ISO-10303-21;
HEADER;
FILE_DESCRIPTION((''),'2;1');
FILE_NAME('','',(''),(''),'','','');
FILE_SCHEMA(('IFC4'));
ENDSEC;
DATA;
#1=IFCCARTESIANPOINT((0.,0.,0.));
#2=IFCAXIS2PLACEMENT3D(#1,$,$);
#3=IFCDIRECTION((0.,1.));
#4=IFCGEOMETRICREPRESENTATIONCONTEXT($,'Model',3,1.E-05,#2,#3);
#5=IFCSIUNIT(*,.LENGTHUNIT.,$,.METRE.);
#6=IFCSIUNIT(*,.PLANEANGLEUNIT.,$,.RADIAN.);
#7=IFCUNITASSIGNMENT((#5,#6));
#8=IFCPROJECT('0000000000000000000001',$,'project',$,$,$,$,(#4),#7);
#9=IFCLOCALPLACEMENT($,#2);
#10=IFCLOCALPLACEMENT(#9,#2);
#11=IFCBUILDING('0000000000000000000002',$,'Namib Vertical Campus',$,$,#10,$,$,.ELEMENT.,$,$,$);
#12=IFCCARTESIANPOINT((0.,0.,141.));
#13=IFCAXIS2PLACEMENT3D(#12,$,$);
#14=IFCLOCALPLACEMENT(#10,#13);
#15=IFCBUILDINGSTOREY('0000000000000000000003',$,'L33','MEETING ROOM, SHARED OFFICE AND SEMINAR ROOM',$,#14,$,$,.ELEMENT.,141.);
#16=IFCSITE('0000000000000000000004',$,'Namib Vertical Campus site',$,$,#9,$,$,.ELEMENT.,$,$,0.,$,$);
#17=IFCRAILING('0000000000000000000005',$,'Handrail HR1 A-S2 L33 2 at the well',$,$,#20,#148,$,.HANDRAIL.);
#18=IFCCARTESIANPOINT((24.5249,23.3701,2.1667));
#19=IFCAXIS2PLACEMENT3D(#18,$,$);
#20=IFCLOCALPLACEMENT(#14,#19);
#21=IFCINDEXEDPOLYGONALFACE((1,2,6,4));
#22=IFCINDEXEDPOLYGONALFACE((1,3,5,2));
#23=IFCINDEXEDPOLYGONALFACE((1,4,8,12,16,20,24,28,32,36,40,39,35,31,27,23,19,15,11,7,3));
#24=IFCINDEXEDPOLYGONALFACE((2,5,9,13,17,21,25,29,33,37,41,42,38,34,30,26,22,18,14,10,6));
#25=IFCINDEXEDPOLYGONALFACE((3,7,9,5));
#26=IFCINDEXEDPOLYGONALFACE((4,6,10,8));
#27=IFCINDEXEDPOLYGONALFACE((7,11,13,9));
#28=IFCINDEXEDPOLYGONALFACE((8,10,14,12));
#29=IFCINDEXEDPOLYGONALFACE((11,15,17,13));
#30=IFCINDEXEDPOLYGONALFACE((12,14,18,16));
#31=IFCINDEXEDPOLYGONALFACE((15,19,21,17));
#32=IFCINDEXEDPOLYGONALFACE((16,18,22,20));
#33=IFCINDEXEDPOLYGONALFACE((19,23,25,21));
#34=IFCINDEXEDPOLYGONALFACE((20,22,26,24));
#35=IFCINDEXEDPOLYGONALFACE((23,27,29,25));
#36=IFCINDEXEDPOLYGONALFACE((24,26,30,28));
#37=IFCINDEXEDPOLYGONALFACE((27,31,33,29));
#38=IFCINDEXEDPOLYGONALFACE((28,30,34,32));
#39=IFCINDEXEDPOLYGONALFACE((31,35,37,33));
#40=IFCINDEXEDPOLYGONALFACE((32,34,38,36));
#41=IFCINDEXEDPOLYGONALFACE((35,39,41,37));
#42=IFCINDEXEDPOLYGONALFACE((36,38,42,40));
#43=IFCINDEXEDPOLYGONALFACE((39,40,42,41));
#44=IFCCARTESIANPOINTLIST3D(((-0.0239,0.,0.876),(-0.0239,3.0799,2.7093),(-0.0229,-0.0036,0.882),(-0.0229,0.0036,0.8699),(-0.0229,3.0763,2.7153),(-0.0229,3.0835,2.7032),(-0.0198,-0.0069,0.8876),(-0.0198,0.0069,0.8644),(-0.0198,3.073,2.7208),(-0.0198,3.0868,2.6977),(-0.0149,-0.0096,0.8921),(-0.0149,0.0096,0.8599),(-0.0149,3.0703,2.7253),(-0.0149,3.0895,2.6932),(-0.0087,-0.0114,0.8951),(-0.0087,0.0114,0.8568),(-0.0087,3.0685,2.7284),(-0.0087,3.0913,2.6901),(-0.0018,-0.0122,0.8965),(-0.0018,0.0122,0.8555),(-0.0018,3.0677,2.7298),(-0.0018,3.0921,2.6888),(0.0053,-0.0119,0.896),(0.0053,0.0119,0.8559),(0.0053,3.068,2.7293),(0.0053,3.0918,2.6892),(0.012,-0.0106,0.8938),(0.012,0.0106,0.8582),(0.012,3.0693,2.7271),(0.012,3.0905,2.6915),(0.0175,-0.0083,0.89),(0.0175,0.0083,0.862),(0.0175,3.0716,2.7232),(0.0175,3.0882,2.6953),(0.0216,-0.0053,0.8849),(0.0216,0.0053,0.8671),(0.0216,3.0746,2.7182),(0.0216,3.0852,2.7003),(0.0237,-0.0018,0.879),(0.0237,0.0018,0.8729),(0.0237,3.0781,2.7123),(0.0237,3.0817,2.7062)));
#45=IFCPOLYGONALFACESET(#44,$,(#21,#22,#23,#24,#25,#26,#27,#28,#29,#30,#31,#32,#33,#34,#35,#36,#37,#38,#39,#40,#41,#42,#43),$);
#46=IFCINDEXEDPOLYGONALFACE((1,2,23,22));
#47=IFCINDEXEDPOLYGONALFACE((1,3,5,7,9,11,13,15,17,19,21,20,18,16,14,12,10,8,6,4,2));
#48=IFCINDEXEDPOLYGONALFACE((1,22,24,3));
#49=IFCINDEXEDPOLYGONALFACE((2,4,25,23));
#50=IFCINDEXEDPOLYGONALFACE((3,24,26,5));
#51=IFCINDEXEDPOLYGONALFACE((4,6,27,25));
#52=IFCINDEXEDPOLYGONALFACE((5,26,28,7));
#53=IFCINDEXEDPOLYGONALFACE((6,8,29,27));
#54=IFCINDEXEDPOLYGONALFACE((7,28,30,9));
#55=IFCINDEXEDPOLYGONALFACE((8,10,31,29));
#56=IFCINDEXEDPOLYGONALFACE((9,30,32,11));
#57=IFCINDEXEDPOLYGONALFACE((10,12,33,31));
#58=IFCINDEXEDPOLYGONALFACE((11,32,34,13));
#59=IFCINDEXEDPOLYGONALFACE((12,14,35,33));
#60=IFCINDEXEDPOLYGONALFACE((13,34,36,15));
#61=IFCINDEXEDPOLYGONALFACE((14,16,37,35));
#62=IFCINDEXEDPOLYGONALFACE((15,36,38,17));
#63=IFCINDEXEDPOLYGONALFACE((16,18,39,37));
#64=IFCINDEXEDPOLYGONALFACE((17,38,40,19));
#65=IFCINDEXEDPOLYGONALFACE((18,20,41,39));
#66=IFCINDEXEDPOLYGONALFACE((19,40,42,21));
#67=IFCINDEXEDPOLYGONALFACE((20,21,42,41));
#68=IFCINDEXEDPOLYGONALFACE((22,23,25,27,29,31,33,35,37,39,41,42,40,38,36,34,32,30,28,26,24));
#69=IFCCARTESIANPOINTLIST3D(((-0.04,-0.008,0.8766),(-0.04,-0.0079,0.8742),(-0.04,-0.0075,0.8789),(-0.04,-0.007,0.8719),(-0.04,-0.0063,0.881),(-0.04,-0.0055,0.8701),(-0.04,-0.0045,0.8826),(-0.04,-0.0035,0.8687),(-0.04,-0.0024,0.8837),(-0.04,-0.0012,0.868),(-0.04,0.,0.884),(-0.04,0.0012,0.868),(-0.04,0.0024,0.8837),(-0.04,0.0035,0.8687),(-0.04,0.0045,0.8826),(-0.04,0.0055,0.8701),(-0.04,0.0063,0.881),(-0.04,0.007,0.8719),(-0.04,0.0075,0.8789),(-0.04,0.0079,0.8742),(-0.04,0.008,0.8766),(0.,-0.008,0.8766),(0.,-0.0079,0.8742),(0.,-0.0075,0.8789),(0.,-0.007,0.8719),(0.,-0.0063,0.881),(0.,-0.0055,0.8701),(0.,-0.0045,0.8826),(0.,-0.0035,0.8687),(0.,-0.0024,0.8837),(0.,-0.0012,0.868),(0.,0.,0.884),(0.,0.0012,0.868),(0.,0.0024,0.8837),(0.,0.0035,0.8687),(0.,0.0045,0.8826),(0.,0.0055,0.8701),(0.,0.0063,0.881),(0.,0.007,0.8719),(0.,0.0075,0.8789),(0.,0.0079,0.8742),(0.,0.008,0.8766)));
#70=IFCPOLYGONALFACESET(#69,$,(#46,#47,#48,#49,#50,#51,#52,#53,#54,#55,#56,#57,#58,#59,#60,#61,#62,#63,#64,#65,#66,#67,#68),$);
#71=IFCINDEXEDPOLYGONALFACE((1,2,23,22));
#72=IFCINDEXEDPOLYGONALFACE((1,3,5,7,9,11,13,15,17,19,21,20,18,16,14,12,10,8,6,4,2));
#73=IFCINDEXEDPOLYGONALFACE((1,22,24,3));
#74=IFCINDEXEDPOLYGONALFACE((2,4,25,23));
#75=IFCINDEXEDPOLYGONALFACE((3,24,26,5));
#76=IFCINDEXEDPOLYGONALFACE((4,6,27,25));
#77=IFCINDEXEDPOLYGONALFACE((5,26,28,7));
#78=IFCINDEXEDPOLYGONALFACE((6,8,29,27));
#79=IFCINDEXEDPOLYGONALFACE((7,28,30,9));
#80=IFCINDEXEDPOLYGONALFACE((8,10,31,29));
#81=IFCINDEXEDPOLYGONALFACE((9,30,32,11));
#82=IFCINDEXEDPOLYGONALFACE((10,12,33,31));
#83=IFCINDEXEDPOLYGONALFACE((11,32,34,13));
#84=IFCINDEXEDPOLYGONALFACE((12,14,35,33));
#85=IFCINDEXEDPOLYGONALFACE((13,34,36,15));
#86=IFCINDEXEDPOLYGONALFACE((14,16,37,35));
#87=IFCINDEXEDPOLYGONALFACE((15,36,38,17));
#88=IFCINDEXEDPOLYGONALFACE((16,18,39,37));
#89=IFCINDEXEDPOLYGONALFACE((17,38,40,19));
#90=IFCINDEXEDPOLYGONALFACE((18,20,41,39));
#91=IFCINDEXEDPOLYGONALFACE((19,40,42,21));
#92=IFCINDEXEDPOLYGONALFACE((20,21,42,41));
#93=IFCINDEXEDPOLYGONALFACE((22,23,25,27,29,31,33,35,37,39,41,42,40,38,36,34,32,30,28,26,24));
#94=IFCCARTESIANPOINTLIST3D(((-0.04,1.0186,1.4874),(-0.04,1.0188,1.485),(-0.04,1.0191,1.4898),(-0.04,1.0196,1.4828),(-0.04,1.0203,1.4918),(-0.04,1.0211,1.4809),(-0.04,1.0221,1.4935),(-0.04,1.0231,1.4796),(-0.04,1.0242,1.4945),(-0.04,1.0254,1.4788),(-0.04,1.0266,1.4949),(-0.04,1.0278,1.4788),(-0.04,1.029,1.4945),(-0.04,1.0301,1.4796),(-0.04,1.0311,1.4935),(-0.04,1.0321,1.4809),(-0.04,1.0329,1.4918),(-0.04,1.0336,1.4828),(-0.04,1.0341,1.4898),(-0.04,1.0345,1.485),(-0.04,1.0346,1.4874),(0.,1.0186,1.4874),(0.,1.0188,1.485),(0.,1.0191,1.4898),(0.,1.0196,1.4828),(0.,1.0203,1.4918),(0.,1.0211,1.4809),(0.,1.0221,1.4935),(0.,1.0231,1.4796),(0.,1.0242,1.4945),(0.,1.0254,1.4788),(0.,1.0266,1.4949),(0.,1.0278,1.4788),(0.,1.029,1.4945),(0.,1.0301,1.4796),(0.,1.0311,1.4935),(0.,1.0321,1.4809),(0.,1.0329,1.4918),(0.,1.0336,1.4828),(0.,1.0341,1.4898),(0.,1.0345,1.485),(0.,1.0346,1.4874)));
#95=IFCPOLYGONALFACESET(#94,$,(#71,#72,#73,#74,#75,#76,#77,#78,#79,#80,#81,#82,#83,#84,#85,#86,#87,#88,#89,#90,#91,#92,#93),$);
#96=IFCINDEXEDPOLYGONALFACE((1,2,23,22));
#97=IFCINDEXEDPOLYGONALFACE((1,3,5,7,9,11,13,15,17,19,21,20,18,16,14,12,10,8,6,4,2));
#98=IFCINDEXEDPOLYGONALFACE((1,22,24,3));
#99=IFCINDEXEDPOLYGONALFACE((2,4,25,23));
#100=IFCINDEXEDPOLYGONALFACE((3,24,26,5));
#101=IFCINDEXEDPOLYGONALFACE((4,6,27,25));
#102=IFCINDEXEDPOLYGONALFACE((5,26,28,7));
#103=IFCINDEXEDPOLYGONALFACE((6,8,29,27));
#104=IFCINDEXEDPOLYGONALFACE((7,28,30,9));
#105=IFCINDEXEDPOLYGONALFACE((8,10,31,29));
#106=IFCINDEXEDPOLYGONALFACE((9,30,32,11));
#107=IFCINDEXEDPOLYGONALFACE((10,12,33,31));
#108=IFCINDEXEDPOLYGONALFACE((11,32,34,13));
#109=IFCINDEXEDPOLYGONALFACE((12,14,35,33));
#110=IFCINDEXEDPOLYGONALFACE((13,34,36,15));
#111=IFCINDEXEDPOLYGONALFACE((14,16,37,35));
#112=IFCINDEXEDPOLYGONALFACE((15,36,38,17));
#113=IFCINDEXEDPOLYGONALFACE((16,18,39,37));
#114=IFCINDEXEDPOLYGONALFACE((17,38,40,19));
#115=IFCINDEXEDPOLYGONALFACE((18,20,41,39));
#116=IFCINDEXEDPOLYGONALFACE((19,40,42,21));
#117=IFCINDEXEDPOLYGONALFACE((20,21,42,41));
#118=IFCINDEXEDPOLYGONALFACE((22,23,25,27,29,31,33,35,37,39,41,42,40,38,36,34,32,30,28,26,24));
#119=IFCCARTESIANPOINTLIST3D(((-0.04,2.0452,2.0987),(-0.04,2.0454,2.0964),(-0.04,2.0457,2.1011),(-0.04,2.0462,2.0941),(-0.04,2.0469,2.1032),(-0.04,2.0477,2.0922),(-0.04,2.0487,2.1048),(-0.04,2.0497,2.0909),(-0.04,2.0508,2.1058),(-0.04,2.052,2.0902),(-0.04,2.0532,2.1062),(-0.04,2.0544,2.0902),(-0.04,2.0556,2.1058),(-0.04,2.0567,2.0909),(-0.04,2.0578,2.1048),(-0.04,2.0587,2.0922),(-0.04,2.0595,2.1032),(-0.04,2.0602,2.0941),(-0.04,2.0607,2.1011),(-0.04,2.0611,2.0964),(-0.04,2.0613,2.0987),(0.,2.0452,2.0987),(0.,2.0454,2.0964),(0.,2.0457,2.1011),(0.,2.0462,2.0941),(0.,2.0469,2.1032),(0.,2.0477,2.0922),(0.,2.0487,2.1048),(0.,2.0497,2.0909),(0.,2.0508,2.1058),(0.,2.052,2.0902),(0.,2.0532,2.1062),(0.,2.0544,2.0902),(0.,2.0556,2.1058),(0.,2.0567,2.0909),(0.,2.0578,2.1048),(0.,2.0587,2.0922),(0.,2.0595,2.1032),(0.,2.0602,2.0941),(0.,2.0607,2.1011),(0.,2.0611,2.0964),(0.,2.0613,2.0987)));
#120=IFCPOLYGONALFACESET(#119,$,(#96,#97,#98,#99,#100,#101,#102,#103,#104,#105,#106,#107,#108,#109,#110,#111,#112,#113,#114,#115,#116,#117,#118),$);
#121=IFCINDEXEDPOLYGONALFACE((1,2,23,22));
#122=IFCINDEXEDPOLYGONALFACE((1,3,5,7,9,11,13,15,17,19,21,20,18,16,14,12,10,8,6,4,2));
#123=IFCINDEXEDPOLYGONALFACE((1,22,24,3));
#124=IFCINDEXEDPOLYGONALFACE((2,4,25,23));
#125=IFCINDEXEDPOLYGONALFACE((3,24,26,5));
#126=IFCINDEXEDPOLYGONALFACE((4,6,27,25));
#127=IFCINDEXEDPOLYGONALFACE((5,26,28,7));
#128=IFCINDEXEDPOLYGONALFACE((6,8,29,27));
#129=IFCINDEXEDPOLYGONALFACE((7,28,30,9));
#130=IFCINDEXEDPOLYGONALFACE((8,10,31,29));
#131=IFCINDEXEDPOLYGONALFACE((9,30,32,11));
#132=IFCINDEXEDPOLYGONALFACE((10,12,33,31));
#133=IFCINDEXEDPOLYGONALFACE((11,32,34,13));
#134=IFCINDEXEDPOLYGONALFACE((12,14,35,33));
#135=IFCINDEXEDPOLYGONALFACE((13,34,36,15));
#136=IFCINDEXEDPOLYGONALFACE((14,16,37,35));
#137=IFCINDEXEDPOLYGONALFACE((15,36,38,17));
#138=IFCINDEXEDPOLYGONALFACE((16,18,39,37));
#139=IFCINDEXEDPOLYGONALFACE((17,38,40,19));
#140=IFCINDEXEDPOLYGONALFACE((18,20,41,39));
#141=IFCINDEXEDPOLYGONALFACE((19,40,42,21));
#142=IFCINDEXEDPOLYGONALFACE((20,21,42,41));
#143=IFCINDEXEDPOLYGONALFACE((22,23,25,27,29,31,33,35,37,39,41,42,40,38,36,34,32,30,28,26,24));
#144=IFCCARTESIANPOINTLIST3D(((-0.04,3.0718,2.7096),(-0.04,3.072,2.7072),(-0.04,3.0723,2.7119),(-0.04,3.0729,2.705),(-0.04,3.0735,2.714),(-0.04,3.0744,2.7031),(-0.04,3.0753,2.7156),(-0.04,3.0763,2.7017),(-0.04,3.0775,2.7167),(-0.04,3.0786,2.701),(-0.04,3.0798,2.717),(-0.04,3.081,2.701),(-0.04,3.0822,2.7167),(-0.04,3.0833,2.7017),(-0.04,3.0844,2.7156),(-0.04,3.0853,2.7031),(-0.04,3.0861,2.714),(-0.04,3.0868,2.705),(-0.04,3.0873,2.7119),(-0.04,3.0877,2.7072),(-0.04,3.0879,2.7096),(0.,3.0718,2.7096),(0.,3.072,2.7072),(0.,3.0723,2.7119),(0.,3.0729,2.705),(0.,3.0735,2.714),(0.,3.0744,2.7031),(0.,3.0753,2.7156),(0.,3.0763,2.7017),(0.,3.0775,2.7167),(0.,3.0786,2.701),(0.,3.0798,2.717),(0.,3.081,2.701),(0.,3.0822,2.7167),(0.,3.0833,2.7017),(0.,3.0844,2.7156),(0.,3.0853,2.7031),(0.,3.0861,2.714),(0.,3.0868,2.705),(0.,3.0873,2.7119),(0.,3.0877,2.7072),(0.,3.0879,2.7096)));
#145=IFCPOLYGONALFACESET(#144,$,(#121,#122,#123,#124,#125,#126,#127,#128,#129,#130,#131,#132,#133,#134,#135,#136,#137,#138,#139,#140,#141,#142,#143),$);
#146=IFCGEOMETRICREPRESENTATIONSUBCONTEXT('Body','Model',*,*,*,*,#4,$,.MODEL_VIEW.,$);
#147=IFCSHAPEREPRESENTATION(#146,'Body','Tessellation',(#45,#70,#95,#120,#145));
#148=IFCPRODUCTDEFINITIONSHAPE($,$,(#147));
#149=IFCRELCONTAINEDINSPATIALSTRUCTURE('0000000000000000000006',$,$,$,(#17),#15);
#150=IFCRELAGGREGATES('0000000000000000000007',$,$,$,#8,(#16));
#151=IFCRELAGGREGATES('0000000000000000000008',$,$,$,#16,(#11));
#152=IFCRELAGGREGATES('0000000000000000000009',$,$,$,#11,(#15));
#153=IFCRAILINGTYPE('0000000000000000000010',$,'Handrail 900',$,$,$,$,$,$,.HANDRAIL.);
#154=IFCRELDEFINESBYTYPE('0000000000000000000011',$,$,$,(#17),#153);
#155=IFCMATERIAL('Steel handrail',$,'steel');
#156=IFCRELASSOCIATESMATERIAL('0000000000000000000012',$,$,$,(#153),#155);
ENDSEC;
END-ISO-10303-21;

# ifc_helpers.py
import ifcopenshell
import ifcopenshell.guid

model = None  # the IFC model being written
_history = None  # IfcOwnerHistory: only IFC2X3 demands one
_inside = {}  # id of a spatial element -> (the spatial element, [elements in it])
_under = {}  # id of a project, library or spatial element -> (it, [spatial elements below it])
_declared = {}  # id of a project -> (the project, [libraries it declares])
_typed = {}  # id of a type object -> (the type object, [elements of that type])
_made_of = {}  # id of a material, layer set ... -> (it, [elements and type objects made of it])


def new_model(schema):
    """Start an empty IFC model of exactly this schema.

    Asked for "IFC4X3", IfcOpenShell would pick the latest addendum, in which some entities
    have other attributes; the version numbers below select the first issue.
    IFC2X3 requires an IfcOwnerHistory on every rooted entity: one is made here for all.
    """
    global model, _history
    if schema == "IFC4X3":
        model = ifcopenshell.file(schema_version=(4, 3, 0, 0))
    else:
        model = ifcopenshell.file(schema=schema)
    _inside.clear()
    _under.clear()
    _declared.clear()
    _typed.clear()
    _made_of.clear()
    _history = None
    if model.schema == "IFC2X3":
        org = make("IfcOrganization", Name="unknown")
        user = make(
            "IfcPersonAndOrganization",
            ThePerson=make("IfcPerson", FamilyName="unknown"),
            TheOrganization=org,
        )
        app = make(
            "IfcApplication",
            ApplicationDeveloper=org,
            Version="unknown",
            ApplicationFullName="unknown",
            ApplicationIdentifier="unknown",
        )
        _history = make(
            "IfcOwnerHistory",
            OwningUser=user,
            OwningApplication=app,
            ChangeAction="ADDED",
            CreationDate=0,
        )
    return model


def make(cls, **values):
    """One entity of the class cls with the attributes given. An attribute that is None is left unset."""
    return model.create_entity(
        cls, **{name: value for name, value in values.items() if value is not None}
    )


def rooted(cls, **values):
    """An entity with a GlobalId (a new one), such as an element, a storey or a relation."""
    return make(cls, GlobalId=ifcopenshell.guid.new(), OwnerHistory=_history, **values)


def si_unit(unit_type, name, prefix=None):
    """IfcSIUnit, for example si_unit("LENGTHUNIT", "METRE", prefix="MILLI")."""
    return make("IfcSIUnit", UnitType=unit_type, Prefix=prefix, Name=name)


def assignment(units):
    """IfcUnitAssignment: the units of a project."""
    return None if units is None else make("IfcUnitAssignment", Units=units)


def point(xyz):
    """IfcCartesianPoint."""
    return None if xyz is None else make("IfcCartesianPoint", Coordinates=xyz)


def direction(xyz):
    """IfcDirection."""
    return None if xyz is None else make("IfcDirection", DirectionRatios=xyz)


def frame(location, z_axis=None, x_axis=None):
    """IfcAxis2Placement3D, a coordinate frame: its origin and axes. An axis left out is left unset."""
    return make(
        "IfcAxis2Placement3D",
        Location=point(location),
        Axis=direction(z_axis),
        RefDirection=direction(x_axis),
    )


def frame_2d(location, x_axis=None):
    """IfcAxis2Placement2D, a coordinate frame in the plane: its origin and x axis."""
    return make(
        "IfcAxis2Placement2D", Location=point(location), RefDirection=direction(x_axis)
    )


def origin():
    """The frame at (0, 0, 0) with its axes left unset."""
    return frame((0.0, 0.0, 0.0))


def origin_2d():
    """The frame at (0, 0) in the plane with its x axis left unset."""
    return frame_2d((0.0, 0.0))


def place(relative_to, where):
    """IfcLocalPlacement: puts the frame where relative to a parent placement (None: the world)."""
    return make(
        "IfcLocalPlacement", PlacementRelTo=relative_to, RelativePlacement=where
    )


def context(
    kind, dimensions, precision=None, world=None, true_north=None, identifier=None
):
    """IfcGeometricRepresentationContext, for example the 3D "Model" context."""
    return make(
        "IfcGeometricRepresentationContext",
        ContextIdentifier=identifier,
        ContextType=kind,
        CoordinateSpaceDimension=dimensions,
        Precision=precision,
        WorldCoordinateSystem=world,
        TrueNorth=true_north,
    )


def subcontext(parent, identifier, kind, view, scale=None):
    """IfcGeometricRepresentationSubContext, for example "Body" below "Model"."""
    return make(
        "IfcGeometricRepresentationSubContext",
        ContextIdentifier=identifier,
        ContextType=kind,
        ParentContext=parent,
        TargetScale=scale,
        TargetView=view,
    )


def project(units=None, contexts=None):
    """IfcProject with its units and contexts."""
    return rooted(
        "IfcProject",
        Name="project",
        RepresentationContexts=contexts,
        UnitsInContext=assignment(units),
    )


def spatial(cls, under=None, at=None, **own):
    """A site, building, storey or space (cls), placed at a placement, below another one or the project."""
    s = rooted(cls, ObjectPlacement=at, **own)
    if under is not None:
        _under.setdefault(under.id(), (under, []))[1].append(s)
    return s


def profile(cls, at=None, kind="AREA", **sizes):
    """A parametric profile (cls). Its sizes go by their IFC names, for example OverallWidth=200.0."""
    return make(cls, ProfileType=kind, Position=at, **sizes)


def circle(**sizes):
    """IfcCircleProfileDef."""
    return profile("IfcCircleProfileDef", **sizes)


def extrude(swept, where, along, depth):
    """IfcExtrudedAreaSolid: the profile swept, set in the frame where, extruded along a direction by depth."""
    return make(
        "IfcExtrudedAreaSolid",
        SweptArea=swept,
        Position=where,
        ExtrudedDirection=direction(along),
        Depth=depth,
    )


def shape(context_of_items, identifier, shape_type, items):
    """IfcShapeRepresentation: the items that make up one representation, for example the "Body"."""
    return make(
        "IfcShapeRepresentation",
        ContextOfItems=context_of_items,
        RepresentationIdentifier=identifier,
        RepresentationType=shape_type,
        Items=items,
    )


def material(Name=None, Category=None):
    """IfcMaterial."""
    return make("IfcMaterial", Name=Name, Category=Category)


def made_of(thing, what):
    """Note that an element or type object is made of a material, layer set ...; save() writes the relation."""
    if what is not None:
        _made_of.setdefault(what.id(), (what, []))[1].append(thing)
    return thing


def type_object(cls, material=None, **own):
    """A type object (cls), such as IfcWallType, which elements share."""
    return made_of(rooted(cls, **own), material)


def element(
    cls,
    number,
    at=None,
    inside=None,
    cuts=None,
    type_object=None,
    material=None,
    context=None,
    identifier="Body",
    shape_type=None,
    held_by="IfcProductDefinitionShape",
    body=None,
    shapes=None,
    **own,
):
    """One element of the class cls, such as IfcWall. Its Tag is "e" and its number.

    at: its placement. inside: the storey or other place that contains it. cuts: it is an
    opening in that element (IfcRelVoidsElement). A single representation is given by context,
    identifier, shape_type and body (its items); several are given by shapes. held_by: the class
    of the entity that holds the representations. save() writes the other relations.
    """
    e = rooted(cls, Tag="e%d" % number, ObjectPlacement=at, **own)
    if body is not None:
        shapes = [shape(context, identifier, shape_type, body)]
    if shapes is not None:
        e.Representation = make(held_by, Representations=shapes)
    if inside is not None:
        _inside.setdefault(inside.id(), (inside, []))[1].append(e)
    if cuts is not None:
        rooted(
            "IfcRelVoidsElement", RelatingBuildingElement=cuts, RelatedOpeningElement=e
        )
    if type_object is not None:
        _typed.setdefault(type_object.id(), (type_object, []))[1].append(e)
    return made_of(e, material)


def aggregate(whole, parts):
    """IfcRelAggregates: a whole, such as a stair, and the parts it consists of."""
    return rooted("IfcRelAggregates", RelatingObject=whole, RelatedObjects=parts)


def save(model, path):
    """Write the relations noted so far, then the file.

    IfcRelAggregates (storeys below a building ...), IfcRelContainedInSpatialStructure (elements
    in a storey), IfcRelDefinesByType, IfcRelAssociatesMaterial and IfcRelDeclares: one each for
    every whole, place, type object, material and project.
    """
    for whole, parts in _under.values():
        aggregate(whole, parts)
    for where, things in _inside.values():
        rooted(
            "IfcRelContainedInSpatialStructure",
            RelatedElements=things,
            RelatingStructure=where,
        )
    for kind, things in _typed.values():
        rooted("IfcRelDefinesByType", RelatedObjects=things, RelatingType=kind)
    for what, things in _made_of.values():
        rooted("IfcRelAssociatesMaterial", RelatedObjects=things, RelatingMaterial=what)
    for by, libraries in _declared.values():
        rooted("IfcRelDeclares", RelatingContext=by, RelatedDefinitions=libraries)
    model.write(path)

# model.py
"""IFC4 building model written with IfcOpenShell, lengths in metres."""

from ifc_helpers import new_model, si_unit, direction, frame, origin, origin_2d, place, context, subcontext, project, spatial, circle, extrude, material, type_object, element, save


model = new_model("IFC4")

# Units and contexts
model_context = context("Model", 3, precision=1e-05, world=origin(), true_north=direction((0.0, 1.0)))
body_context = subcontext(model_context, "Body", "Model", "MODEL_VIEW")
ifc_project = project(units=[si_unit("LENGTHUNIT", "METRE"), si_unit("PLANEANGLEUNIT", "RADIAN")], contexts=[model_context])

# Site, building, storey
site_placement = place(None, origin())
site = spatial("IfcSite", under=ifc_project, at=site_placement, Name="Namib Vertical Campus site", CompositionType="ELEMENT", RefElevation=0.0)
building_placement = place(site_placement, origin())
building = spatial("IfcBuilding", under=site, at=building_placement, Name="Namib Vertical Campus", CompositionType="ELEMENT")
storey_placement = place(building_placement, frame((0.0, 0.0, 141.0)))
storey = spatial("IfcBuildingStorey", under=building, at=storey_placement, Name="L33", Description="MEETING ROOM, SHARED OFFICE AND SEMINAR ROOM", CompositionType="ELEMENT", Elevation=141.0)

# Railing
ifc_material_1 = material(Name="Steel handrail", Category="steel")
railing_type_1 = type_object("IfcRailingType", Name="Handrail 900", PredefinedType="HANDRAIL", material=ifc_material_1)
railing_1_placement = place(storey_placement, frame((24.5249, 23.3701, 2.1667)))
element("IfcRailing", 1, at=railing_1_placement, inside=storey, type_object=railing_type_1, Name="Handrail HR1 A-S2 L33 2 at the well", PredefinedType="HANDRAIL", context=body_context, shape_type="SweptSolid", body=[
    extrude(circle(Radius=0.0239, at=origin_2d()), frame((0.0, 0.0, 0.876), z_axis=(0.0, 0.859291, 0.511487), x_axis=(-1.0, 0.0, 0.0)), (0.0, 0.0, 1.0), 3.5842),
    extrude(circle(Radius=0.0081, at=origin_2d()), frame((0.0, 0.0, 0.876), z_axis=(-1.0, 0.0, 0.0), x_axis=(0.0, 0.0, 1.0)), (0.0, 0.0, 1.0), 0.04),
    extrude(circle(Radius=0.0081, at=origin_2d()), frame((0.0, 1.0266, 1.4868), z_axis=(-1.0, 0.0, 0.0), x_axis=(0.0, 0.0, 1.0)), (0.0, 0.0, 1.0), 0.04),
    extrude(circle(Radius=0.0081, at=origin_2d()), frame((0.0, 2.0532, 2.0981), z_axis=(-1.0, 0.0, 0.0), x_axis=(0.0, 0.0, 1.0)), (0.0, 0.0, 1.0), 0.04),
    extrude(circle(Radius=0.0081, at=origin_2d()), frame((0.0, 3.0798, 2.709), z_axis=(-1.0, 0.0, 0.0), x_axis=(0.0, 0.0, 1.0)), (0.0, 0.0, 1.0), 0.04),
])

save(model, "model.ifc")
